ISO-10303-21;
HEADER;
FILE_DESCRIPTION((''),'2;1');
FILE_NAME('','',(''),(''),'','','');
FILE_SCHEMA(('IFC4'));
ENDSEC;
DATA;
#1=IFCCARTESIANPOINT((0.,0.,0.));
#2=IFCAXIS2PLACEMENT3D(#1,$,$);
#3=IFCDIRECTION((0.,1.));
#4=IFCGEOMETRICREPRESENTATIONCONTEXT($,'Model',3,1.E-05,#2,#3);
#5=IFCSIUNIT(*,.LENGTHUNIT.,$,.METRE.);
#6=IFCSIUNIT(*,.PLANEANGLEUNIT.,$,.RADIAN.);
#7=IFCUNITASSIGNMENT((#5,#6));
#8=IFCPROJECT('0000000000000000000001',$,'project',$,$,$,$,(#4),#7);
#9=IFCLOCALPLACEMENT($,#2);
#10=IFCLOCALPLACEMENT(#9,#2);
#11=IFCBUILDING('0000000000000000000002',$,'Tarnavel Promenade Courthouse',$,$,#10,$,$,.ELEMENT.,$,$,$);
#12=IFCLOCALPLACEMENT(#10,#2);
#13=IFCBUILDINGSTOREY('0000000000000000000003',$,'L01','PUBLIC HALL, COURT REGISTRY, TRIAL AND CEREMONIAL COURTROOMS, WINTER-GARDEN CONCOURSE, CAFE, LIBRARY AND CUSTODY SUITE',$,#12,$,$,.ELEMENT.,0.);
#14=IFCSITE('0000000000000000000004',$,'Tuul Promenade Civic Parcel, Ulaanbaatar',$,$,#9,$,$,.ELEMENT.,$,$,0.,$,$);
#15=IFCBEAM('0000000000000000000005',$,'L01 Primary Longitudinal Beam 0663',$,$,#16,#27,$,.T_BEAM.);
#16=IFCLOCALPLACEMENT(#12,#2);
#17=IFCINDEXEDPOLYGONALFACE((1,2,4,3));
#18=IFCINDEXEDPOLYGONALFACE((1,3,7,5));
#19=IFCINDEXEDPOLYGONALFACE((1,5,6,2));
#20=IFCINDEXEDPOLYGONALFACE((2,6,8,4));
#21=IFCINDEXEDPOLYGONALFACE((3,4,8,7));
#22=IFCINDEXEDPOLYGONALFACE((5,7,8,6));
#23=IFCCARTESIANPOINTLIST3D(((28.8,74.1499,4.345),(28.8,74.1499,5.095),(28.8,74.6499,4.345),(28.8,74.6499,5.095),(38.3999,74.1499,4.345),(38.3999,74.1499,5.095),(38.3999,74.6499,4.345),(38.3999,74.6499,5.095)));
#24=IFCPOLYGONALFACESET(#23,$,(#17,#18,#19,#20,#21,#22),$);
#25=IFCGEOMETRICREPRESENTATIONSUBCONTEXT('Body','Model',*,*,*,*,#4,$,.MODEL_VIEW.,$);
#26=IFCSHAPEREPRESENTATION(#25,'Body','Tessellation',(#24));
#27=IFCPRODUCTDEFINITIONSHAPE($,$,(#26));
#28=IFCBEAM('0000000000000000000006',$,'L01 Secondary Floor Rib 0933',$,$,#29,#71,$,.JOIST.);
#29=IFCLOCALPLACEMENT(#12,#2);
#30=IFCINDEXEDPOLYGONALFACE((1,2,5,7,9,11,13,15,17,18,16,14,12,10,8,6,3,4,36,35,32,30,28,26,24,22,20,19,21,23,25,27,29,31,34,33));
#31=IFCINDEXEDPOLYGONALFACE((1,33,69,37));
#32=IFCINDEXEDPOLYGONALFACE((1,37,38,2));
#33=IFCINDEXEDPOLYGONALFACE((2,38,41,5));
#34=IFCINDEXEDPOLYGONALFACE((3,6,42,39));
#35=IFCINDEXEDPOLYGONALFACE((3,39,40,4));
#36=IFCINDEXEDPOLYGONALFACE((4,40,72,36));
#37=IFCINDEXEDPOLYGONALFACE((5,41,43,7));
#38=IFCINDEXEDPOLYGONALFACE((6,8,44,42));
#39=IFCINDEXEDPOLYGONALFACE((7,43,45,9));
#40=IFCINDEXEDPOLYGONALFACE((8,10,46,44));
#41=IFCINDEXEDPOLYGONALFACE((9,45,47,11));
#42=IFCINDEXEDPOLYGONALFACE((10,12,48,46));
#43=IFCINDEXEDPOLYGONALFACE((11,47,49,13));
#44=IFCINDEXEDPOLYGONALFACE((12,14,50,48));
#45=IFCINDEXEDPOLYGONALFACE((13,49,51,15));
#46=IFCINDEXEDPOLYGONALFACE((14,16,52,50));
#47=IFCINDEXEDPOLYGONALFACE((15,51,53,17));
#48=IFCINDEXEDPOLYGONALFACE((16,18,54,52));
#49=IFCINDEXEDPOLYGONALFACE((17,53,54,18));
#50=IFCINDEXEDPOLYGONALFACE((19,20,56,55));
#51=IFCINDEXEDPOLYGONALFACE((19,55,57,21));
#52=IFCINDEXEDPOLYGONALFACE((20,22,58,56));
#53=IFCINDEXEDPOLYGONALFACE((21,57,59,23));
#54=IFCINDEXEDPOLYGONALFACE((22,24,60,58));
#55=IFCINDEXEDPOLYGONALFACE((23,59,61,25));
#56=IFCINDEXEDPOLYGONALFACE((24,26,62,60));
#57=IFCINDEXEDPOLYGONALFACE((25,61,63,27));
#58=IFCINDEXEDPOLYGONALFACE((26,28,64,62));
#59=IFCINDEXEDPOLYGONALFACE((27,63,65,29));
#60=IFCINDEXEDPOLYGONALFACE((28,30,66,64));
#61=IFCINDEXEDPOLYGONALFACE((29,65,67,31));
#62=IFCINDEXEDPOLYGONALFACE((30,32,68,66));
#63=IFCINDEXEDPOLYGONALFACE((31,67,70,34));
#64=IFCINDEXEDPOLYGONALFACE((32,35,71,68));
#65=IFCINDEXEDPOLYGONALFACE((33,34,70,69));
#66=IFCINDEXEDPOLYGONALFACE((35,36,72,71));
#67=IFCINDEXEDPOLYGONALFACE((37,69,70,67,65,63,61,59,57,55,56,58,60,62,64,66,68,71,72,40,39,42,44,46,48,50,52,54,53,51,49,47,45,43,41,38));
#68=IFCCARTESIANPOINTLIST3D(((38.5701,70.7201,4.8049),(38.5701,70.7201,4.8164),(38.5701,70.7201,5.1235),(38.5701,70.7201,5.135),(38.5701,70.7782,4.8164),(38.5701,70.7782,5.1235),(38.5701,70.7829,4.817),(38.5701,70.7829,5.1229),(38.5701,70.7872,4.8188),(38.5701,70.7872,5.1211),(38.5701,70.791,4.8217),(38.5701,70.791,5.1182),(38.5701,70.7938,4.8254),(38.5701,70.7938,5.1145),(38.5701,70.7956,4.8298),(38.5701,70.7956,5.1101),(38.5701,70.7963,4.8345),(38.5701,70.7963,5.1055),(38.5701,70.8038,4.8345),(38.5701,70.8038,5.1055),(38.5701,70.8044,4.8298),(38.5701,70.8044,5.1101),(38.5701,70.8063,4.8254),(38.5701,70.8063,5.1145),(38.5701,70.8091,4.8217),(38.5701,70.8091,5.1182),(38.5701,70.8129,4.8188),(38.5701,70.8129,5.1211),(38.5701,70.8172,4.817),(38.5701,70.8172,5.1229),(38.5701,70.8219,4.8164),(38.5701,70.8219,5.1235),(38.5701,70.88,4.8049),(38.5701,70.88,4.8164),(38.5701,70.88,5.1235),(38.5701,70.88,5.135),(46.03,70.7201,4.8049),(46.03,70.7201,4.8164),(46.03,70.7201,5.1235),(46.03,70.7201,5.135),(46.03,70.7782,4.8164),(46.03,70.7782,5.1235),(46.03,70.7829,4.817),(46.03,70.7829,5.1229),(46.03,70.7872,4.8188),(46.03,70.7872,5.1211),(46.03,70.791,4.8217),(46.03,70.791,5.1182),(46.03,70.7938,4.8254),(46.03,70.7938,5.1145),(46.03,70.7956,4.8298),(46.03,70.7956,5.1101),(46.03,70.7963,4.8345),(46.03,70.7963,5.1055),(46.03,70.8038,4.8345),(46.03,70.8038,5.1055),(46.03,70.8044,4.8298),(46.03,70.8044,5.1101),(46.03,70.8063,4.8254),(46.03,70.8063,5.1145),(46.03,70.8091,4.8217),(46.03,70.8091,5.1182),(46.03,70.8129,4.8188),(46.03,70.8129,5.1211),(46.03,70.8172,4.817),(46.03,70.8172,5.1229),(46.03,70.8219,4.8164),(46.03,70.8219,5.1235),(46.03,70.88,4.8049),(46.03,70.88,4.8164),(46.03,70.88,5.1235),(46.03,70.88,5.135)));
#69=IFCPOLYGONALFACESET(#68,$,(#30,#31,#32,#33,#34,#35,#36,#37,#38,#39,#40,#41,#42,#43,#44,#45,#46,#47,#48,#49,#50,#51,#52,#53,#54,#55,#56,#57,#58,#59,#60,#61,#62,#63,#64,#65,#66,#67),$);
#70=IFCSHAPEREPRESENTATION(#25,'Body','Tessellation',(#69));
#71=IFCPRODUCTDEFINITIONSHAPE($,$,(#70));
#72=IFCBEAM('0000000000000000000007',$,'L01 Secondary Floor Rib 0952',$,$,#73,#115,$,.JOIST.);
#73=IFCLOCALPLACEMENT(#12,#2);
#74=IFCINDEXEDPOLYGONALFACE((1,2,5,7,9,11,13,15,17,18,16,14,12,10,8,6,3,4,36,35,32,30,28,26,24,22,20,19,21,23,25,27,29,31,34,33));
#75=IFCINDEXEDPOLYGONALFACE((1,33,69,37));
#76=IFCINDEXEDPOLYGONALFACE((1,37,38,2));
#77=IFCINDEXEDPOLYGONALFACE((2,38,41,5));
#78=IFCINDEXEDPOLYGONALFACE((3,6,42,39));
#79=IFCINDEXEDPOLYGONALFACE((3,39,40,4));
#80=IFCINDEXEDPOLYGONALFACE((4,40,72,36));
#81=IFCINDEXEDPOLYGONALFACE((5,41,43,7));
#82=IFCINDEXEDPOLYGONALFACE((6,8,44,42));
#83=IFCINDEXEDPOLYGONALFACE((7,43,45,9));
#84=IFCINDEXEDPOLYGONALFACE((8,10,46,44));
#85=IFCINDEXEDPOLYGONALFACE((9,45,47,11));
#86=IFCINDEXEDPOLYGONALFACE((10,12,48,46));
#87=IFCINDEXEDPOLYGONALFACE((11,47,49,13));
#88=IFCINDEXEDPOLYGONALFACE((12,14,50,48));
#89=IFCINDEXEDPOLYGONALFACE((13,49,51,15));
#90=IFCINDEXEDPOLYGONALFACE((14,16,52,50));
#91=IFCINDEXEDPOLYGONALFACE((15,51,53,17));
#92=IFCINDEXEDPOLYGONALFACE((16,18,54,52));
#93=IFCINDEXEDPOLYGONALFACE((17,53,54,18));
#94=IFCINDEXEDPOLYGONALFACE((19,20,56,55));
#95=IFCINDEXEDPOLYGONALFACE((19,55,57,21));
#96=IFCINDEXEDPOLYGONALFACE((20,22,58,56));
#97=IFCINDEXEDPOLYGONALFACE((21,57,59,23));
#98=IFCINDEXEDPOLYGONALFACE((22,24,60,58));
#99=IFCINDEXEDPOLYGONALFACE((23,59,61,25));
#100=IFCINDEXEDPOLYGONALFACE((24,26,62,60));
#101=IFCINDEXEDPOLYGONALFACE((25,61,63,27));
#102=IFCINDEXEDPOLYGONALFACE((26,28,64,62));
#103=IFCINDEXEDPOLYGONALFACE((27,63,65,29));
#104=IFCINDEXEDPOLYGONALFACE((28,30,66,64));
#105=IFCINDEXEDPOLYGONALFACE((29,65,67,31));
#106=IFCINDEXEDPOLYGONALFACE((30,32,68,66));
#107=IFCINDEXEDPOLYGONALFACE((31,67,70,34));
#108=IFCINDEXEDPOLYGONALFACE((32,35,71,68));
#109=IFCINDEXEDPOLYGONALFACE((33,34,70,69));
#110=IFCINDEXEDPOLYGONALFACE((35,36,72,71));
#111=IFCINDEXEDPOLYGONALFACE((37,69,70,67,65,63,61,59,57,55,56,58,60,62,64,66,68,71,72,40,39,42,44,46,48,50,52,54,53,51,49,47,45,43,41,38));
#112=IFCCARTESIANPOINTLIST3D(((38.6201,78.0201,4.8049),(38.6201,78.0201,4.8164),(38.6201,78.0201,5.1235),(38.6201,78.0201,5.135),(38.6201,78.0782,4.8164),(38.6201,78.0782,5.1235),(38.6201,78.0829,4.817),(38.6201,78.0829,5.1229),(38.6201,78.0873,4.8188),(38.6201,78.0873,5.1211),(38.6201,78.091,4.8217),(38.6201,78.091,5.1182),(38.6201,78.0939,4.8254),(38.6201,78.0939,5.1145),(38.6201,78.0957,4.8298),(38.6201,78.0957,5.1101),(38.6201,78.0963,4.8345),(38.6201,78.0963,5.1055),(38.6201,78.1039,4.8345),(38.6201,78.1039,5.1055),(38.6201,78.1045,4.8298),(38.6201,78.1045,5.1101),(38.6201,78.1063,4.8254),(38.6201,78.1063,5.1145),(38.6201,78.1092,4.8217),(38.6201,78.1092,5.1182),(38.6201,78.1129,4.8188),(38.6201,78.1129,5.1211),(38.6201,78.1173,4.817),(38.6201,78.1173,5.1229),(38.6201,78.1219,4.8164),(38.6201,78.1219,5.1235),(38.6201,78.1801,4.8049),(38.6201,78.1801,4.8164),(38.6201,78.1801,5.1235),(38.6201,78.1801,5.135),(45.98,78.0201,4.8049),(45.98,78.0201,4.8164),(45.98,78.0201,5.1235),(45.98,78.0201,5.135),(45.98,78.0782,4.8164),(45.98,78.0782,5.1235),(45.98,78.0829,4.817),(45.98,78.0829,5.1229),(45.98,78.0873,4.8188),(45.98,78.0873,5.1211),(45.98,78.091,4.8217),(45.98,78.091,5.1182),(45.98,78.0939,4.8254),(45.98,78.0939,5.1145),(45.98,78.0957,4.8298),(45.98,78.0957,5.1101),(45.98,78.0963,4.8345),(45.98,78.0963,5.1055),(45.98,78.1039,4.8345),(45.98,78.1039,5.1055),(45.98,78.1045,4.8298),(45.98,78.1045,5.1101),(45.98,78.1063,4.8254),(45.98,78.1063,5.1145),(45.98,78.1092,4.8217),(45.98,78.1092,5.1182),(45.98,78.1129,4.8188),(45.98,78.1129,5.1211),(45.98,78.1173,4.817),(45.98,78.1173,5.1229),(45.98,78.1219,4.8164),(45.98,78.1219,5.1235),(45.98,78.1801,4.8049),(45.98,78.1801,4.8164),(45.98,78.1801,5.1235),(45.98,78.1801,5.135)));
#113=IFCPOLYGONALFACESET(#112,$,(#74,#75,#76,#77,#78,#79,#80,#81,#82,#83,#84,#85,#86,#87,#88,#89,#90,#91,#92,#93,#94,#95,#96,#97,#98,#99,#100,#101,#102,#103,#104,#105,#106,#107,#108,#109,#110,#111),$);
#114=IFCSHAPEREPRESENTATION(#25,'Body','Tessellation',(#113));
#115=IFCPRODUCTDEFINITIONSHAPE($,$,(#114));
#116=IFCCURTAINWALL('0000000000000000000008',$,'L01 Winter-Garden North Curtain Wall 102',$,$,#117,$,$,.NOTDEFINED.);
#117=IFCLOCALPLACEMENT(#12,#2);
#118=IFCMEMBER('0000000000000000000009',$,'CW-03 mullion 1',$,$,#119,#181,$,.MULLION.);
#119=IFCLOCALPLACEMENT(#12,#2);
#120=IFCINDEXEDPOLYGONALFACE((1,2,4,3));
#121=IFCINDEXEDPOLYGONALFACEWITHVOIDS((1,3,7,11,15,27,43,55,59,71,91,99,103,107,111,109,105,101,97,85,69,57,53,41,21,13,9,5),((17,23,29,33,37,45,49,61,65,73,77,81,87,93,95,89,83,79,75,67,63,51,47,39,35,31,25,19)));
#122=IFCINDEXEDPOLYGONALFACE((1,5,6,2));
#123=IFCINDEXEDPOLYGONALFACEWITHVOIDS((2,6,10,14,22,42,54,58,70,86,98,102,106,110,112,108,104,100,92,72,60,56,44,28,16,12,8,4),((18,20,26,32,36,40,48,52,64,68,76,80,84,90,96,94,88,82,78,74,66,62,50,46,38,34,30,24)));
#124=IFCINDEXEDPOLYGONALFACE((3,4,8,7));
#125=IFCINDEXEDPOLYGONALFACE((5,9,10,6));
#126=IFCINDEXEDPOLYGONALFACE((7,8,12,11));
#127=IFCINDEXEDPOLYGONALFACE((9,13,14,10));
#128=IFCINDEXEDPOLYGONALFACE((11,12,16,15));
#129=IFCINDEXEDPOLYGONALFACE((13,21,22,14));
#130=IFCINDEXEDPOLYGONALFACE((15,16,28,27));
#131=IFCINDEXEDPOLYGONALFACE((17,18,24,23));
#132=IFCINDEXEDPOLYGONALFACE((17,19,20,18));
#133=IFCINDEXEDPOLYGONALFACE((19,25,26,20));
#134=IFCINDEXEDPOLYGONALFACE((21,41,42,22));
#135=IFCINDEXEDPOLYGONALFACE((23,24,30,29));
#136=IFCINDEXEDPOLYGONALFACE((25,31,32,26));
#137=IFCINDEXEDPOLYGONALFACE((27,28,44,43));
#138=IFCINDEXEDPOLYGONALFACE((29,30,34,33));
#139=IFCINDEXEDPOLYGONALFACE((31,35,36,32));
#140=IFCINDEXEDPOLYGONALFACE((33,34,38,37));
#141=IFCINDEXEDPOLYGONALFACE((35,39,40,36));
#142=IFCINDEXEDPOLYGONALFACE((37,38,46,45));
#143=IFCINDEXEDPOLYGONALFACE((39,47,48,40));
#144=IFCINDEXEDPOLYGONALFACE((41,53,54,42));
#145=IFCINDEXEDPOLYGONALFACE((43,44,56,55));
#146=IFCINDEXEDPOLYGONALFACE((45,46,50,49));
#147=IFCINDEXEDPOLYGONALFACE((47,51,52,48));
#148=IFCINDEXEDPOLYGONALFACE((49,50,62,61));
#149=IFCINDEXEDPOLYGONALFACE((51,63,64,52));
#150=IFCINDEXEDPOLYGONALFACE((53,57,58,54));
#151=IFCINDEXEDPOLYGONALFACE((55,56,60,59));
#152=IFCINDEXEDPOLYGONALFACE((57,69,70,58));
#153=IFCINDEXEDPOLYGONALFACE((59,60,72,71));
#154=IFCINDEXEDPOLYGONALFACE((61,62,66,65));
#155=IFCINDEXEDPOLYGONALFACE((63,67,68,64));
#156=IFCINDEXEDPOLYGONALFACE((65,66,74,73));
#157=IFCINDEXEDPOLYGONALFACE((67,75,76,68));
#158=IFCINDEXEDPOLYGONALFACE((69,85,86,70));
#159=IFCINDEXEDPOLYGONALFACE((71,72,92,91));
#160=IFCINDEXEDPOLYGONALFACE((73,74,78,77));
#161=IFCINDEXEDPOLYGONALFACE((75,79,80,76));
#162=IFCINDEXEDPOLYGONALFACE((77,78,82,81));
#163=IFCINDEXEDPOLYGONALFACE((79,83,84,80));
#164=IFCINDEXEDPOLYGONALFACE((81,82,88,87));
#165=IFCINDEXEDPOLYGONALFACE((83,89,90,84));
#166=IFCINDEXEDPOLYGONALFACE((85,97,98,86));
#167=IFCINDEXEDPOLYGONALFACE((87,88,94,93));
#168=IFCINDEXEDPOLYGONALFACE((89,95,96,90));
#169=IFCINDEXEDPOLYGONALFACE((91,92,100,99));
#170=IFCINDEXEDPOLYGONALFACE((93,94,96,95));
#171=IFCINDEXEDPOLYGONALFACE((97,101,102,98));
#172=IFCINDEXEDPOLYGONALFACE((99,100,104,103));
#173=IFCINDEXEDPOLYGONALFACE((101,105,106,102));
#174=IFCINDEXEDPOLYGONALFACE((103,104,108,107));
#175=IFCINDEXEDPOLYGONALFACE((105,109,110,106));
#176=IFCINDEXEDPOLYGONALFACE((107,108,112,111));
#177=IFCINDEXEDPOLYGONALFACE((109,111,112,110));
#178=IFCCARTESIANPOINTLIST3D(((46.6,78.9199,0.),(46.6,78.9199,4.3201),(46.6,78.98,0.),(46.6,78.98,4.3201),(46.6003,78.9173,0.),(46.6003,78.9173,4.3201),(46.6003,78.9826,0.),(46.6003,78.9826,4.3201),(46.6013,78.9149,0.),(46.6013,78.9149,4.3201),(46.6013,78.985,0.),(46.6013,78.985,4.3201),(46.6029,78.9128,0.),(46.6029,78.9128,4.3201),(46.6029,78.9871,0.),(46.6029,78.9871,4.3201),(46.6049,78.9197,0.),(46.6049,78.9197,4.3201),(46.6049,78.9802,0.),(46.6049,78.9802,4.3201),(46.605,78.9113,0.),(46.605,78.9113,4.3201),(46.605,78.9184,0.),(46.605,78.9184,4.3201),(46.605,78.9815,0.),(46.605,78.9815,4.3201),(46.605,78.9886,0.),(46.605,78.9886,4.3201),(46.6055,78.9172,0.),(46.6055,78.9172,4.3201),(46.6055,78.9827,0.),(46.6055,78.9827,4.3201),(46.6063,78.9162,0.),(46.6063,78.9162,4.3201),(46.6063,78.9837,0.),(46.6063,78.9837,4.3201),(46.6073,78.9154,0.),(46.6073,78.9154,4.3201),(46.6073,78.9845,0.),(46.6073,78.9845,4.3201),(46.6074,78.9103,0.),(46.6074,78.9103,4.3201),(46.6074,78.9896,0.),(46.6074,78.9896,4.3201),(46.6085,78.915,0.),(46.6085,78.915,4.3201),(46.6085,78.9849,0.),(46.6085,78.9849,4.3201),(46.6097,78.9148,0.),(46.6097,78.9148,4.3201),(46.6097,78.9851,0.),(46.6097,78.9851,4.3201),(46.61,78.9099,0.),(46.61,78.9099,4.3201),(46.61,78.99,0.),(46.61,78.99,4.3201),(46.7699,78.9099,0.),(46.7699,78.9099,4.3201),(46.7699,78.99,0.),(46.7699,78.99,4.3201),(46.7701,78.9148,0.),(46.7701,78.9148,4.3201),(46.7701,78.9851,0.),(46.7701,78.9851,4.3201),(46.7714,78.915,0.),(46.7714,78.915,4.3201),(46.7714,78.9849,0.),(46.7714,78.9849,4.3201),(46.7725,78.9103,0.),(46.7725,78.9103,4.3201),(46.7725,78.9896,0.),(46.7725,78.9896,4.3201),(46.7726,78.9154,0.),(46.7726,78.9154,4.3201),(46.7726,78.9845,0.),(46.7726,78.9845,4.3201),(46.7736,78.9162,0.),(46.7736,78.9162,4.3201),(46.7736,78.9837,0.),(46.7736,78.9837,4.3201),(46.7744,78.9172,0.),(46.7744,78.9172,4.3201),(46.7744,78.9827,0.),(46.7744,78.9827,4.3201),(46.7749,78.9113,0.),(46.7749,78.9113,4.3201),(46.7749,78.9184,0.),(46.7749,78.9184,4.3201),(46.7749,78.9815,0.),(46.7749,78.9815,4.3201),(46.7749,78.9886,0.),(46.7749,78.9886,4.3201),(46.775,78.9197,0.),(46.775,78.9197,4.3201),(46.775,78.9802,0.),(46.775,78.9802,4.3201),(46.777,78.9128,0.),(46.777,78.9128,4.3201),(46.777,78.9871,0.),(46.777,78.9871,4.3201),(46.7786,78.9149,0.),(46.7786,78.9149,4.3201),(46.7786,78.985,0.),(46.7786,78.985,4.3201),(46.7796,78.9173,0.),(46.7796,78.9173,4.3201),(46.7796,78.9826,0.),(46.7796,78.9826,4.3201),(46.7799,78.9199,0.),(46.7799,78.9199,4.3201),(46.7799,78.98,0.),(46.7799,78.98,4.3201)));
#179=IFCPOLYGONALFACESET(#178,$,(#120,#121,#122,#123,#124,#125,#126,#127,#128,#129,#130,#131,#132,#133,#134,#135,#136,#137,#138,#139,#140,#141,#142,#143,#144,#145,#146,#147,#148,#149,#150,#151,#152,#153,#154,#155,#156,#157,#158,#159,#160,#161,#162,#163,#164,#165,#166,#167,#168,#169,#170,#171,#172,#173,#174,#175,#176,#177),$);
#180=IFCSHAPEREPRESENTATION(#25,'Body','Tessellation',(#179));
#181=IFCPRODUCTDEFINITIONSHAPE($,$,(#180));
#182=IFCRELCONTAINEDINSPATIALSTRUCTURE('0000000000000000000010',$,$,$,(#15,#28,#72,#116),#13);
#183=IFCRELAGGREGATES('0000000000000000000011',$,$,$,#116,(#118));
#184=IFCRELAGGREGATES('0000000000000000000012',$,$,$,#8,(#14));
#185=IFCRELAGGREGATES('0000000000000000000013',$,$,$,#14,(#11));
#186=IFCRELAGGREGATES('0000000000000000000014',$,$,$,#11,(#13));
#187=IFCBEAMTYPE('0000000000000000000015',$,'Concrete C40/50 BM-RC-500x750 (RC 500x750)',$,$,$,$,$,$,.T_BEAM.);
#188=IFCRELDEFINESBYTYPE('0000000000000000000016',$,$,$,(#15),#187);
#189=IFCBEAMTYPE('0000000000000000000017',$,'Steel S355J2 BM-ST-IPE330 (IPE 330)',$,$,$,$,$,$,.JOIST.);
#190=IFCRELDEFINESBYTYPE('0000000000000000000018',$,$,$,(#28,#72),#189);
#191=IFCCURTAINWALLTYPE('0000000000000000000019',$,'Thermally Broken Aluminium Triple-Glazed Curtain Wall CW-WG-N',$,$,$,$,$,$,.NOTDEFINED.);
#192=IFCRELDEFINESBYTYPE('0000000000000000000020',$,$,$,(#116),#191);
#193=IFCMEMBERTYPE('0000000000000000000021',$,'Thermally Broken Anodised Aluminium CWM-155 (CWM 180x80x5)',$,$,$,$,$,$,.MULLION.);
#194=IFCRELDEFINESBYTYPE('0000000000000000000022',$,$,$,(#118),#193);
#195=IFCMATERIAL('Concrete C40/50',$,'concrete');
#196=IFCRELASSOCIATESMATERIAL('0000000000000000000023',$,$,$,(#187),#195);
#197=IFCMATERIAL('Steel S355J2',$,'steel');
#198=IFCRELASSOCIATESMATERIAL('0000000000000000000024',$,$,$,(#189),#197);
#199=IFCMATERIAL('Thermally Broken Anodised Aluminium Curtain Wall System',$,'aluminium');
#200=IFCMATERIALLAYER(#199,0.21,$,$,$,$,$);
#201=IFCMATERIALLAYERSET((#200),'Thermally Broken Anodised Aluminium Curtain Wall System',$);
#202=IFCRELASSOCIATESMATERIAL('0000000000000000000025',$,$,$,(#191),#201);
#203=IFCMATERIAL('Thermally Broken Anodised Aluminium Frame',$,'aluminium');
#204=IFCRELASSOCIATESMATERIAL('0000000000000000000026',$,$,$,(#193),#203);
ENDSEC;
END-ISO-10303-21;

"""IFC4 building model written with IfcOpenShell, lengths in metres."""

from ifc_helpers import new_model, si_unit, direction, frame, origin, origin_2d, place, context, subcontext, project, spatial, rectangle, hollow_rectangle, i_section, extrude, material, layer, layer_set, material_profile, profile_set, type_object, element, aggregate, save


model = new_model("IFC4")

# Units and contexts
model_context = context("Model", 3, precision=1e-05, world=origin(), true_north=direction((0.0, 1.0)))
body_context = subcontext(model_context, "Body", "Model", "MODEL_VIEW")
ifc_project = project(units=[si_unit("LENGTHUNIT", "METRE"), si_unit("PLANEANGLEUNIT", "RADIAN")], contexts=[model_context])

# Site, building, storey
site_placement = place(None, origin())
site = spatial("IfcSite", under=ifc_project, at=site_placement, Name="Tuul Promenade Civic Parcel, Ulaanbaatar", CompositionType="ELEMENT", RefElevation=0.0)
building_placement = place(site_placement, origin())
building = spatial("IfcBuilding", under=site, at=building_placement, Name="Tarnavel Promenade Courthouse", CompositionType="ELEMENT")
storey_placement = place(building_placement, origin())
storey = spatial("IfcBuildingStorey", under=building, at=storey_placement, Name="L01", Description="PUBLIC HALL, COURT REGISTRY, TRIAL AND CEREMONIAL COURTROOMS, WINTER-GARDEN CONCOURSE, CAFE, LIBRARY AND CUSTODY SUITE", CompositionType="ELEMENT", Elevation=0.0)

# Shared definitions
ifc_material_1 = material(Name="Concrete C40/50", Category="concrete")

# Beams
ifc_material_profile_1 = material_profile(ifc_material_1, rectangle(XDim=0.5, YDim=0.75, at=origin_2d()), Name="RC 500x750")
ifc_profile_set_1 = profile_set([ifc_material_profile_1], Name="Concrete C40/50")
beam_type_1 = type_object("IfcBeamType", Name="Concrete C40/50 BM-RC-500x750 (RC 500x750)", PredefinedType="T_BEAM", material=ifc_profile_set_1)
beam_1_placement = place(storey_placement, frame((28.8, 74.3999, 4.72), z_axis=(1.0, 0.0, 0.0), x_axis=(0.0, 1.0, 0.0)))
element("IfcBeam", 1, at=beam_1_placement, inside=storey, type_object=beam_type_1, Name="L01 Primary Longitudinal Beam 0663", PredefinedType="T_BEAM", context=body_context, shape_type="SweptSolid", body=[
    extrude(rectangle(XDim=0.5, YDim=0.75, at=origin_2d()), origin(), (0.0, 0.0, 1.0), 9.5999),
])
ifc_material_2 = material(Name="Steel S355J2", Category="steel")
ifc_material_profile_2 = material_profile(ifc_material_2, i_section(OverallWidth=0.1599, OverallDepth=0.3301, WebThickness=0.0076, FlangeThickness=0.0115, FilletRadius=0.0181, at=origin_2d()), Name="IPE 330")
ifc_profile_set_2 = profile_set([ifc_material_profile_2], Name="Steel S355J2")
beam_type_2 = type_object("IfcBeamType", Name="Steel S355J2 BM-ST-IPE330 (IPE 330)", PredefinedType="JOIST", material=ifc_profile_set_2)
beam_2_placement = place(storey_placement, frame((38.5701, 70.8, 4.97), z_axis=(1.0, 0.0, 0.0), x_axis=(0.0, 1.0, 0.0)))
element("IfcBeam", 2, at=beam_2_placement, inside=storey, type_object=beam_type_2, Name="L01 Secondary Floor Rib 0933", PredefinedType="JOIST", context=body_context, shape_type="SweptSolid", body=[
    extrude(i_section(OverallWidth=0.1599, OverallDepth=0.3301, WebThickness=0.0076, FlangeThickness=0.0115, FilletRadius=0.0181, at=origin_2d()), origin(), (0.0, 0.0, 1.0), 7.46),
])
beam_3_placement = place(storey_placement, frame((38.6201, 78.1001, 4.97), z_axis=(1.0, 0.0, 0.0), x_axis=(0.0, 1.0, 0.0)))
element("IfcBeam", 3, at=beam_3_placement, inside=storey, type_object=beam_type_2, Name="L01 Secondary Floor Rib 0952", PredefinedType="JOIST", context=body_context, shape_type="SweptSolid", body=[
    extrude(i_section(OverallWidth=0.1599, OverallDepth=0.3301, WebThickness=0.0076, FlangeThickness=0.0115, FilletRadius=0.0181, at=origin_2d()), origin(), (0.0, 0.0, 1.0), 7.3599),
])

# Curtain wall, member
ifc_material_3 = material(Name="Thermally Broken Anodised Aluminium Curtain Wall System", Category="aluminium")
ifc_layer_1 = layer(ifc_material_3, 0.21)
ifc_layer_set_1 = layer_set([ifc_layer_1], Name="Thermally Broken Anodised Aluminium Curtain Wall System")
curtain_wall_type = type_object("IfcCurtainWallType", Name="Thermally Broken Aluminium Triple-Glazed Curtain Wall CW-WG-N", PredefinedType="NOTDEFINED", material=ifc_layer_set_1)
curtain_wall_placement = place(storey_placement, origin())
curtain_wall = element("IfcCurtainWall", 4, at=curtain_wall_placement, inside=storey, type_object=curtain_wall_type, Name="L01 Winter-Garden North Curtain Wall 102", PredefinedType="NOTDEFINED")
ifc_material_4 = material(Name="Thermally Broken Anodised Aluminium Frame", Category="aluminium")
ifc_material_profile_3 = material_profile(ifc_material_4, hollow_rectangle(XDim=0.0801, YDim=0.1799, WallThickness=0.0049, InnerFilletRadius=0.0049, OuterFilletRadius=0.01, at=origin_2d()), Name="CWM 180x80x5")
ifc_profile_set_3 = profile_set([ifc_material_profile_3], Name="Thermally Broken Anodised Aluminium Frame")
member_type_1 = type_object("IfcMemberType", Name="Thermally Broken Anodised Aluminium CWM-155 (CWM 180x80x5)", PredefinedType="MULLION", material=ifc_profile_set_3)
member_1_placement = place(storey_placement, frame((46.6899, 78.95, 0.0), z_axis=(0.0, 0.0, 1.0), x_axis=(0.0, 1.0, 0.0)))
member_1 = element("IfcMember", 5, at=member_1_placement, type_object=member_type_1, Name="CW-03 mullion 1", PredefinedType="MULLION", context=body_context, shape_type="SweptSolid", body=[
    extrude(hollow_rectangle(XDim=0.0801, YDim=0.1799, WallThickness=0.0049, InnerFilletRadius=0.0049, OuterFilletRadius=0.01, at=origin_2d()), origin(), (0.0, 0.0, 1.0), 4.3201),
])
aggregate(curtain_wall, [member_1])

save(model, "model.ifc")
